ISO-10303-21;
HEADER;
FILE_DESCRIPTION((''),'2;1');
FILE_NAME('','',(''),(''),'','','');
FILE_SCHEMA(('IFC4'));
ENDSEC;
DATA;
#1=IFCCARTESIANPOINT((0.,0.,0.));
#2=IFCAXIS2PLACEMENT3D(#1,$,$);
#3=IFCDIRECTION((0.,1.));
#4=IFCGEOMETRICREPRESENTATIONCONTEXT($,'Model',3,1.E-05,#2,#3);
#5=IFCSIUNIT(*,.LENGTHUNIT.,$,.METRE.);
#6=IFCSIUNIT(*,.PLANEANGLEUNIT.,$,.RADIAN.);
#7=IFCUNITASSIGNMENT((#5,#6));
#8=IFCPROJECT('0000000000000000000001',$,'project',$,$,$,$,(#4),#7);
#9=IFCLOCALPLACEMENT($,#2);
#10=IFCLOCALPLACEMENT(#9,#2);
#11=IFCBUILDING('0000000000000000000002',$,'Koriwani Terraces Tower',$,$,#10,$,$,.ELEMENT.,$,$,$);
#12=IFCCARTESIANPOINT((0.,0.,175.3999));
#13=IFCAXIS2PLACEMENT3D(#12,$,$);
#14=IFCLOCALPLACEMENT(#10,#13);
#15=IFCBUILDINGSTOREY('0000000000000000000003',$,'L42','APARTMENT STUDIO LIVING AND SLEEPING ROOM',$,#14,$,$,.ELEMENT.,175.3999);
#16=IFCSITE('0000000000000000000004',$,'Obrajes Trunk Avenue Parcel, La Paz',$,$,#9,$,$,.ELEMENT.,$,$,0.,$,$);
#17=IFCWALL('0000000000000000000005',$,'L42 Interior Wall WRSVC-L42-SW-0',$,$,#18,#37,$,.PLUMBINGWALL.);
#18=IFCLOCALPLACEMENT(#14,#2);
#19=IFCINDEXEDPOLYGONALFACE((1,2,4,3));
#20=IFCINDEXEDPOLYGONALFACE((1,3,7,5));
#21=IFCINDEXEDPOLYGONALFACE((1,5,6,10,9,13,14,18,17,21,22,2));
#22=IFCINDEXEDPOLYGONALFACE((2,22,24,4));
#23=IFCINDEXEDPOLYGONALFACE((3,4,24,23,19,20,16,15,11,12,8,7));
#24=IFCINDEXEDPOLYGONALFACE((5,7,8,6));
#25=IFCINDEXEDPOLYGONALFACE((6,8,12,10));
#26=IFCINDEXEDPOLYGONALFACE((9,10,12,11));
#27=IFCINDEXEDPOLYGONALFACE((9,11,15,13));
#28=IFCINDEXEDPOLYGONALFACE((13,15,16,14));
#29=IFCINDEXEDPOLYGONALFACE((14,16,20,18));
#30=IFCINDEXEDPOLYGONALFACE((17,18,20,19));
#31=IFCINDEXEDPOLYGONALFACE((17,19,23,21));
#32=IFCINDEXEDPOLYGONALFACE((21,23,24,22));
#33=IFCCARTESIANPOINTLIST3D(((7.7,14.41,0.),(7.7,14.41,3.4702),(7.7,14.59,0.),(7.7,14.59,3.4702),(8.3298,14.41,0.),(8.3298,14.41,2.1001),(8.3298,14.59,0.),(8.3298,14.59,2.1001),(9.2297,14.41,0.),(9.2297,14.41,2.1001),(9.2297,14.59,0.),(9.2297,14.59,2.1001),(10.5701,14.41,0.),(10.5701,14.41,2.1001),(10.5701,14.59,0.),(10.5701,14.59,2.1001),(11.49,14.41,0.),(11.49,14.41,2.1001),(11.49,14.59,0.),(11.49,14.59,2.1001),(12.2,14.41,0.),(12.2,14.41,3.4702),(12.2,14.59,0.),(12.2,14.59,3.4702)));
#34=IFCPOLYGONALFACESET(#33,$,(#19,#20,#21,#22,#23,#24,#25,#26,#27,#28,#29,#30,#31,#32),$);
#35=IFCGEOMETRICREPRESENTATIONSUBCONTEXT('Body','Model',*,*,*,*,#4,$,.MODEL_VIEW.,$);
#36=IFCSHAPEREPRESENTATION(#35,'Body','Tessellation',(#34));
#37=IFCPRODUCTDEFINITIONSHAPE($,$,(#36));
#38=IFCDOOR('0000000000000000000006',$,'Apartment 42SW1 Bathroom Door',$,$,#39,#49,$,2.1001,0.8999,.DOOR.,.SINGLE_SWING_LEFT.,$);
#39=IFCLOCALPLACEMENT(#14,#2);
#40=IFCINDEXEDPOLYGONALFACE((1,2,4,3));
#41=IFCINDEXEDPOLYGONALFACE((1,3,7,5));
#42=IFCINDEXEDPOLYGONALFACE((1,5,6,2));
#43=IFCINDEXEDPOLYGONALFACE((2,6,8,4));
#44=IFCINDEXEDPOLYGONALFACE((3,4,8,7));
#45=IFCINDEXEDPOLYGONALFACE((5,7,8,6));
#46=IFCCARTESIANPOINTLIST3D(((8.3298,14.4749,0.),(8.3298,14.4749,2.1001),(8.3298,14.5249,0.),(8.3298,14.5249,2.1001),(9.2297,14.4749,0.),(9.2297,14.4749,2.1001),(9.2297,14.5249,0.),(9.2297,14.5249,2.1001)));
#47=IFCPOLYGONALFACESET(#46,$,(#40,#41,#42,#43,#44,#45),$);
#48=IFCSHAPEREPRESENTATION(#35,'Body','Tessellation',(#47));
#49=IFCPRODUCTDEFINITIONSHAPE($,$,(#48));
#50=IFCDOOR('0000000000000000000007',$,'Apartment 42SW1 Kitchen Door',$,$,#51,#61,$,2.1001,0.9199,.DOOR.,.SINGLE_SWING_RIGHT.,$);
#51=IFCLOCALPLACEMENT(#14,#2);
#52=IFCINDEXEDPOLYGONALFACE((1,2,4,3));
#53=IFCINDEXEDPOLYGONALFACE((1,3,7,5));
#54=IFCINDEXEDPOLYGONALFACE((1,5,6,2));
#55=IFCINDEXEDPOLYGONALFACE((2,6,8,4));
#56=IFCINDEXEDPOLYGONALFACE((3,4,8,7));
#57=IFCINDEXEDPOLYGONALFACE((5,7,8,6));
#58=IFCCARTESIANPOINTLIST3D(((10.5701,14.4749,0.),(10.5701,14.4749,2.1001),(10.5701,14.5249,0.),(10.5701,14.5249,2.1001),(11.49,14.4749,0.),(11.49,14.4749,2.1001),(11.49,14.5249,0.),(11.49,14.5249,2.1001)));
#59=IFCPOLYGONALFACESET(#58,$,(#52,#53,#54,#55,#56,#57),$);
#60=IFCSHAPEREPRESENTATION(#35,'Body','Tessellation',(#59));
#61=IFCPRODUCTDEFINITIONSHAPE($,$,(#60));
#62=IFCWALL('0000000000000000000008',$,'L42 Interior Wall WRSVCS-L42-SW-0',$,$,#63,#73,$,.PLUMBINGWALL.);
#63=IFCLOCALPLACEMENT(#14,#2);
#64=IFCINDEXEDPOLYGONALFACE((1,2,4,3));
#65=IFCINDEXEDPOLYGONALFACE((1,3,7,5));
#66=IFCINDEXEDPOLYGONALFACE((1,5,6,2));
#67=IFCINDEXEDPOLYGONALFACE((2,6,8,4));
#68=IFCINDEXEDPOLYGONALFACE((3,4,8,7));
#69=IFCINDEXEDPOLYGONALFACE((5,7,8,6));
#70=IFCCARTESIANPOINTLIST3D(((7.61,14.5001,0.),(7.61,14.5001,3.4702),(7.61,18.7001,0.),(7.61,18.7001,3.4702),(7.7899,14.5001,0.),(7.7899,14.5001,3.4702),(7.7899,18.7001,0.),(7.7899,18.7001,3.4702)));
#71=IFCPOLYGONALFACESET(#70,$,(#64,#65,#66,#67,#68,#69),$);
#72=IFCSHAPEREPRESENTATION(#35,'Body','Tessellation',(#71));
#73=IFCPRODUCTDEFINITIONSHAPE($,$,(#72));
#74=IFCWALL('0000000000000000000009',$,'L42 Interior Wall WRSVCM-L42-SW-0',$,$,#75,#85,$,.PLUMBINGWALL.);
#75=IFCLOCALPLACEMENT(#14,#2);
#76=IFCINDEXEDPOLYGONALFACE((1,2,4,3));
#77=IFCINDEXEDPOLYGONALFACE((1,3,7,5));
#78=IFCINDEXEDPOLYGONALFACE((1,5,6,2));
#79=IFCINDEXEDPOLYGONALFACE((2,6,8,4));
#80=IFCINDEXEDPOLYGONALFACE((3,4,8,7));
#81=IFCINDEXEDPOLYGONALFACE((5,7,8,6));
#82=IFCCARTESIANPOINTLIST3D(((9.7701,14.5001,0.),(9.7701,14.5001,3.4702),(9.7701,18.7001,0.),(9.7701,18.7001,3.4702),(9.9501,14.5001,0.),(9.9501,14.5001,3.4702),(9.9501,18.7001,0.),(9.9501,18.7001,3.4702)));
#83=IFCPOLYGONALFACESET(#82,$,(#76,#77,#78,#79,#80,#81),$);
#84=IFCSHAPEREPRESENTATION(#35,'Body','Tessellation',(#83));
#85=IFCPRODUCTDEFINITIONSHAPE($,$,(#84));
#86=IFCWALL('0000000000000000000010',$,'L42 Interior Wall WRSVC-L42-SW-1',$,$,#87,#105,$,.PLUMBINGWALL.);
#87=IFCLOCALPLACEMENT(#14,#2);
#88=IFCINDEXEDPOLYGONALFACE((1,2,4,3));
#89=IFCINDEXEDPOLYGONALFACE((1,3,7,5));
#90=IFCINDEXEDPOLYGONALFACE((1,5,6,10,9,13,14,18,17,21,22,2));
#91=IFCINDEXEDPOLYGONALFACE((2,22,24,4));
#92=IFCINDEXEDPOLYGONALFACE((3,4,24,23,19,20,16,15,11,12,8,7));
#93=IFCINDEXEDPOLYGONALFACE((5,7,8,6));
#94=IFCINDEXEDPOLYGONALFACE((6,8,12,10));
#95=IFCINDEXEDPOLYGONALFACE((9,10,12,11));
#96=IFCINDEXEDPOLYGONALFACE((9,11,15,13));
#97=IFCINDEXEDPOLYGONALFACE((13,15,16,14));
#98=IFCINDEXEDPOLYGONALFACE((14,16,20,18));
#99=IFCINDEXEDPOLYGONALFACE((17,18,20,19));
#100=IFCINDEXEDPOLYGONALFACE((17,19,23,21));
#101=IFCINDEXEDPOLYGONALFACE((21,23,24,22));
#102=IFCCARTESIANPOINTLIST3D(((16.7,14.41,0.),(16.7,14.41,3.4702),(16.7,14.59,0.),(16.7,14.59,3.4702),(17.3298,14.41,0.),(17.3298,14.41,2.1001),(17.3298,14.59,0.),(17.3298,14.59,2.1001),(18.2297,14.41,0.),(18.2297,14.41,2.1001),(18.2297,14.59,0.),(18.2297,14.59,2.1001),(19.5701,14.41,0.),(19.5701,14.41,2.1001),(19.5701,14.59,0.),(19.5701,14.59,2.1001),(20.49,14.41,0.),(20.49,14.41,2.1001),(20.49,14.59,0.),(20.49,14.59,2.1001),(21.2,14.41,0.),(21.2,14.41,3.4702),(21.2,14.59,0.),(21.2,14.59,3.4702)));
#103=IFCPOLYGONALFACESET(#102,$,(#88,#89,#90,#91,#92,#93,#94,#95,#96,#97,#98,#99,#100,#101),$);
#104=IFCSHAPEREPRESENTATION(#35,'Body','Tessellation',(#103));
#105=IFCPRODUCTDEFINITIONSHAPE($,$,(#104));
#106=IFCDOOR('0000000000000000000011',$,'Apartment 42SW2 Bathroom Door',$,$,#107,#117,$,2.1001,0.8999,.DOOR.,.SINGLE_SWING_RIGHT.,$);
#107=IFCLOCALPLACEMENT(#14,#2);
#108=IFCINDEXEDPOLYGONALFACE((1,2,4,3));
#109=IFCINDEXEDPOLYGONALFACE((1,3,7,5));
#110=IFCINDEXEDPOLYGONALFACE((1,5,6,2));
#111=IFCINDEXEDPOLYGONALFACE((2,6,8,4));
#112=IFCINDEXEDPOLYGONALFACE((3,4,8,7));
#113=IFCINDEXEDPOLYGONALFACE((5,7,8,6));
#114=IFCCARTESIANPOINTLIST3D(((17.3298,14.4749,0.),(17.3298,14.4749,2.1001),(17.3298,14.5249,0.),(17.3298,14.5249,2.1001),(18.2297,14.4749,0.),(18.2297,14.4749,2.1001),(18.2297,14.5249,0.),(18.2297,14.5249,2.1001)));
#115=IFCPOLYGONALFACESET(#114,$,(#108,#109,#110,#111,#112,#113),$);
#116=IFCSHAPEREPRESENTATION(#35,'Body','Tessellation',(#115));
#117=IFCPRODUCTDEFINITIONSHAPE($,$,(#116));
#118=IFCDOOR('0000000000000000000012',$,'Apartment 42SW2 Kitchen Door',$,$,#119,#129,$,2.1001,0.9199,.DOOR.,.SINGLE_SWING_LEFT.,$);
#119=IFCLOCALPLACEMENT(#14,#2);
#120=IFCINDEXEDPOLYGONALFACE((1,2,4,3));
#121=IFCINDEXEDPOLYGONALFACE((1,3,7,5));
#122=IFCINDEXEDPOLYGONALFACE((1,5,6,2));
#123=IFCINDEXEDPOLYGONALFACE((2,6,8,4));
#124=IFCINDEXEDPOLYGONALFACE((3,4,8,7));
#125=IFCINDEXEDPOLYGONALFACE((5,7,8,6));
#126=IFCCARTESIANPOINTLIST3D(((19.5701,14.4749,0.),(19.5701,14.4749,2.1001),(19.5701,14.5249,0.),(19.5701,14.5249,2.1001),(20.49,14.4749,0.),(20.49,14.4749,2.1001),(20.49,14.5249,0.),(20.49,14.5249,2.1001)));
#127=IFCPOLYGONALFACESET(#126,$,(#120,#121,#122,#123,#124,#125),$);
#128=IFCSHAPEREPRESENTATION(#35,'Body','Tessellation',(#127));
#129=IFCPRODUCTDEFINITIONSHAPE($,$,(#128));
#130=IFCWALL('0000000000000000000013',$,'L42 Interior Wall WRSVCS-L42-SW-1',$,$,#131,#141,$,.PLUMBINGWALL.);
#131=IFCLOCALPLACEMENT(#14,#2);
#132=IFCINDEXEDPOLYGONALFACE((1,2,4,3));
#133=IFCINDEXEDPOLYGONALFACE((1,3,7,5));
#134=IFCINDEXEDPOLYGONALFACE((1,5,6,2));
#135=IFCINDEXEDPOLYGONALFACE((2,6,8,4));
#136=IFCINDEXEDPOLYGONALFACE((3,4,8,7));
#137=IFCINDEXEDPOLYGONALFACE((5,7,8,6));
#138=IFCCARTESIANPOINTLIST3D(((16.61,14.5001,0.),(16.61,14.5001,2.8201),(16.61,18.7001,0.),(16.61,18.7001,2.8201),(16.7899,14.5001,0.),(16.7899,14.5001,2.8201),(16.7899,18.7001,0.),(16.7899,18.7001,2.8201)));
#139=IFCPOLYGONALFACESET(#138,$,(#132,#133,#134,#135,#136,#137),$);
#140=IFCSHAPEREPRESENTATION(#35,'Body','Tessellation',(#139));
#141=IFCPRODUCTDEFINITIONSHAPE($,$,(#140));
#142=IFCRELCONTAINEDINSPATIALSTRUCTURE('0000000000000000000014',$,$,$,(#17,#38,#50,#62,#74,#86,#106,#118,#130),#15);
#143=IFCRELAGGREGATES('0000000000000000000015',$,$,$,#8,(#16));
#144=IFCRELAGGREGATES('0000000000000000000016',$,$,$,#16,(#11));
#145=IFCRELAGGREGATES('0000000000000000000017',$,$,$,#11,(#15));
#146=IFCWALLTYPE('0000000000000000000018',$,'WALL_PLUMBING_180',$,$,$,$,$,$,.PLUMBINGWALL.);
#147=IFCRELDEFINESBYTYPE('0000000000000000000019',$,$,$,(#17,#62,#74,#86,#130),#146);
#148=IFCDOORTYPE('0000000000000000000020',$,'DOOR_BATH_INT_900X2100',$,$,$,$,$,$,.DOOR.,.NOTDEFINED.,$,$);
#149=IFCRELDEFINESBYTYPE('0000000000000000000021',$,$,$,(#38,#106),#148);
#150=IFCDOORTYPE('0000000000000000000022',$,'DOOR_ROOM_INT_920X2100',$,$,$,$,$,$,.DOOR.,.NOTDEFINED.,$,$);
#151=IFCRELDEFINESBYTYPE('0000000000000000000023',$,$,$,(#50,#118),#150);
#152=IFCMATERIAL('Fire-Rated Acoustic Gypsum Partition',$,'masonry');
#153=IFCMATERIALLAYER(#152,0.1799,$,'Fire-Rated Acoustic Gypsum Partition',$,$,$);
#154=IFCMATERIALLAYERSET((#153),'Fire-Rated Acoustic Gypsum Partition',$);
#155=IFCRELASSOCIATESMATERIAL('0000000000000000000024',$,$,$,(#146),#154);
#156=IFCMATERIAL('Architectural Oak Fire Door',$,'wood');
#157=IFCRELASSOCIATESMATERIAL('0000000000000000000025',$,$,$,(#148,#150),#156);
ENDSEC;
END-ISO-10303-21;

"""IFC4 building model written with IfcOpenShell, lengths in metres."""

from ifc_helpers import new_model, si_unit, direction, frame, frame_2d, origin, place, context, subcontext, project, spatial, rectangle, extrude, material, layer, layer_set, type_object, element, fill, save


model = new_model("IFC4")

# Units and contexts
model_context = context("Model", 3, precision=1e-05, world=origin(), true_north=direction((0.0, 1.0)))
body_context = subcontext(model_context, "Body", "Model", "MODEL_VIEW")
ifc_project = project(units=[si_unit("LENGTHUNIT", "METRE"), si_unit("PLANEANGLEUNIT", "RADIAN")], contexts=[model_context])

# Site, building, storey
site_placement = place(None, origin())
site = spatial("IfcSite", under=ifc_project, at=site_placement, Name="Obrajes Trunk Avenue Parcel, La Paz", CompositionType="ELEMENT", RefElevation=0.0)
building_placement = place(site_placement, origin())
building = spatial("IfcBuilding", under=site, at=building_placement, Name="Koriwani Terraces Tower", CompositionType="ELEMENT")
storey_placement = place(building_placement, frame((0.0, 0.0, 175.3999)))
storey = spatial("IfcBuildingStorey", under=building, at=storey_placement, Name="L42", Description="APARTMENT STUDIO LIVING AND SLEEPING ROOM", CompositionType="ELEMENT", Elevation=175.3999)

# Wall, openings, doors
ifc_material_1 = material(Name="Fire-Rated Acoustic Gypsum Partition", Category="masonry")
ifc_layer = layer(ifc_material_1, 0.1799, Name="Fire-Rated Acoustic Gypsum Partition")
ifc_layer_set = layer_set([ifc_layer], Name="Fire-Rated Acoustic Gypsum Partition")
wall_type = type_object("IfcWallType", Name="WALL_PLUMBING_180", PredefinedType="PLUMBINGWALL", material=ifc_layer_set)
wall_1_placement = place(storey_placement, frame((7.7, 14.5, 0.0), z_axis=(0.0, 0.0, 1.0), x_axis=(1.0, 0.0, 0.0)))
wall_1 = element("IfcWall", 1, at=wall_1_placement, inside=storey, type_object=wall_type, Name="L42 Interior Wall WRSVC-L42-SW-0", PredefinedType="PLUMBINGWALL", context=body_context, shape_type="SweptSolid", body=[
    extrude(rectangle(XDim=4.5, YDim=0.1799, at=frame_2d((2.25, 0.0))), origin(), (0.0, 0.0, 1.0), 3.4702),
])
opening_1_placement = place(wall_1_placement, frame((0.6299, 0.0, 0.0)))
opening_1 = element("IfcOpeningElement", 2, at=opening_1_placement, cuts=wall_1, PredefinedType="OPENING", context=body_context, shape_type="SweptSolid", body=[
    extrude(rectangle(XDim=0.8999, YDim=2.1001, at=frame_2d((0.45, 1.05))), frame((0.0, 0.1001, 0.0), z_axis=(0.0, -1.0, 0.0), x_axis=(1.0, 0.0, 0.0)), (0.0, 0.0, 1.0), 0.2),
])
opening_2_placement = place(wall_1_placement, frame((2.8701, 0.0, 0.0)))
opening_2 = element("IfcOpeningElement", 3, at=opening_2_placement, cuts=wall_1, PredefinedType="OPENING", context=body_context, shape_type="SweptSolid", body=[
    extrude(rectangle(XDim=0.9199, YDim=2.1001, at=frame_2d((0.46, 1.05))), frame((0.0, 0.1001, 0.0), z_axis=(0.0, -1.0, 0.0), x_axis=(1.0, 0.0, 0.0)), (0.0, 0.0, 1.0), 0.2),
])
ifc_material_2 = material(Name="Architectural Oak Fire Door", Category="wood")
door_type_1 = type_object("IfcDoorType", Name="DOOR_BATH_INT_900X2100", OperationType="NOTDEFINED", PredefinedType="DOOR", material=ifc_material_2)
door_1_placement = place(opening_1_placement, origin())
door_1 = element("IfcDoor", 4, at=door_1_placement, inside=storey, type_object=door_type_1, Name="Apartment 42SW1 Bathroom Door", OperationType="SINGLE_SWING_LEFT", OverallHeight=2.1001, OverallWidth=0.8999, PredefinedType="DOOR", context=body_context, shape_type="SweptSolid", body=[
    extrude(rectangle(XDim=0.8999, YDim=2.1001, at=frame_2d((0.45, 1.05))), frame((0.0, 0.0249, 0.0), z_axis=(0.0, -1.0, 0.0), x_axis=(1.0, 0.0, 0.0)), (0.0, 0.0, 1.0), 0.05),
])
fill(opening_1, door_1)
door_type_2 = type_object("IfcDoorType", Name="DOOR_ROOM_INT_920X2100", OperationType="NOTDEFINED", PredefinedType="DOOR", material=ifc_material_2)
door_2_placement = place(opening_2_placement, origin())
door_2 = element("IfcDoor", 5, at=door_2_placement, inside=storey, type_object=door_type_2, Name="Apartment 42SW1 Kitchen Door", OperationType="SINGLE_SWING_RIGHT", OverallHeight=2.1001, OverallWidth=0.9199, PredefinedType="DOOR", context=body_context, shape_type="SweptSolid", body=[
    extrude(rectangle(XDim=0.9199, YDim=2.1001, at=frame_2d((0.46, 1.05))), frame((0.0, 0.0249, 0.0), z_axis=(0.0, -1.0, 0.0), x_axis=(1.0, 0.0, 0.0)), (0.0, 0.0, 1.0), 0.05),
])
fill(opening_2, door_2)

# Walls
for number, where, z_axis, x_axis, name in (
    (6, (7.7, 14.5, 0.0), (0.0, 0.0, 1.0), (0.0, 1.0, 0.0), "L42 Interior Wall WRSVCS-L42-SW-0"),
    (7, (9.8601, 14.5, 0.0), (0.0, 0.0, 1.0), (0.0, 1.0, 0.0), "L42 Interior Wall WRSVCM-L42-SW-0"),
):
    element("IfcWall", number, at=place(storey_placement, frame(where, z_axis=z_axis, x_axis=x_axis)), inside=storey, type_object=wall_type, Name=name, PredefinedType="PLUMBINGWALL", context=body_context, shape_type="SweptSolid", body=[
        extrude(rectangle(XDim=4.2, YDim=0.1799, at=frame_2d((2.1001, 0.0))), origin(), (0.0, 0.0, 1.0), 3.4702),
    ])

# Wall, openings, doors
wall_2_placement = place(storey_placement, frame((16.7, 14.5, 0.0), z_axis=(0.0, 0.0, 1.0), x_axis=(1.0, 0.0, 0.0)))
wall_2 = element("IfcWall", 8, at=wall_2_placement, inside=storey, type_object=wall_type, Name="L42 Interior Wall WRSVC-L42-SW-1", PredefinedType="PLUMBINGWALL", context=body_context, shape_type="SweptSolid", body=[
    extrude(rectangle(XDim=4.5, YDim=0.1799, at=frame_2d((2.25, 0.0))), origin(), (0.0, 0.0, 1.0), 3.4702),
])
opening_3_placement = place(wall_2_placement, frame((0.6299, 0.0, 0.0)))
opening_3 = element("IfcOpeningElement", 9, at=opening_3_placement, cuts=wall_2, PredefinedType="OPENING", context=body_context, shape_type="SweptSolid", body=[
    extrude(rectangle(XDim=0.8999, YDim=2.1001, at=frame_2d((0.45, 1.05))), frame((0.0, 0.1001, 0.0), z_axis=(0.0, -1.0, 0.0), x_axis=(1.0, 0.0, 0.0)), (0.0, 0.0, 1.0), 0.2),
])
opening_4_placement = place(wall_2_placement, frame((2.8701, 0.0, 0.0)))
opening_4 = element("IfcOpeningElement", 10, at=opening_4_placement, cuts=wall_2, PredefinedType="OPENING", context=body_context, shape_type="SweptSolid", body=[
    extrude(rectangle(XDim=0.9199, YDim=2.1001, at=frame_2d((0.46, 1.05))), frame((0.0, 0.1001, 0.0), z_axis=(0.0, -1.0, 0.0), x_axis=(1.0, 0.0, 0.0)), (0.0, 0.0, 1.0), 0.2),
])
door_3_placement = place(opening_3_placement, origin())
door_3 = element("IfcDoor", 11, at=door_3_placement, inside=storey, type_object=door_type_1, Name="Apartment 42SW2 Bathroom Door", OperationType="SINGLE_SWING_RIGHT", OverallHeight=2.1001, OverallWidth=0.8999, PredefinedType="DOOR", context=body_context, shape_type="SweptSolid", body=[
    extrude(rectangle(XDim=0.8999, YDim=2.1001, at=frame_2d((0.45, 1.05))), frame((0.0, 0.0249, 0.0), z_axis=(0.0, -1.0, 0.0), x_axis=(1.0, 0.0, 0.0)), (0.0, 0.0, 1.0), 0.05),
])
fill(opening_3, door_3)
door_4_placement = place(opening_4_placement, origin())
door_4 = element("IfcDoor", 12, at=door_4_placement, inside=storey, type_object=door_type_2, Name="Apartment 42SW2 Kitchen Door", OperationType="SINGLE_SWING_LEFT", OverallHeight=2.1001, OverallWidth=0.9199, PredefinedType="DOOR", context=body_context, shape_type="SweptSolid", body=[
    extrude(rectangle(XDim=0.9199, YDim=2.1001, at=frame_2d((0.46, 1.05))), frame((0.0, 0.0249, 0.0), z_axis=(0.0, -1.0, 0.0), x_axis=(1.0, 0.0, 0.0)), (0.0, 0.0, 1.0), 0.05),
])
fill(opening_4, door_4)

# Wall
wall_3_placement = place(storey_placement, frame((16.7, 14.5, 0.0), z_axis=(0.0, 0.0, 1.0), x_axis=(0.0, 1.0, 0.0)))
element("IfcWall", 13, at=wall_3_placement, inside=storey, type_object=wall_type, Name="L42 Interior Wall WRSVCS-L42-SW-1", PredefinedType="PLUMBINGWALL", context=body_context, shape_type="SweptSolid", body=[
    extrude(rectangle(XDim=4.2, YDim=0.1799, at=frame_2d((2.1001, 0.0))), origin(), (0.0, 0.0, 1.0), 2.8201),
])

save(model, "model.ifc")
